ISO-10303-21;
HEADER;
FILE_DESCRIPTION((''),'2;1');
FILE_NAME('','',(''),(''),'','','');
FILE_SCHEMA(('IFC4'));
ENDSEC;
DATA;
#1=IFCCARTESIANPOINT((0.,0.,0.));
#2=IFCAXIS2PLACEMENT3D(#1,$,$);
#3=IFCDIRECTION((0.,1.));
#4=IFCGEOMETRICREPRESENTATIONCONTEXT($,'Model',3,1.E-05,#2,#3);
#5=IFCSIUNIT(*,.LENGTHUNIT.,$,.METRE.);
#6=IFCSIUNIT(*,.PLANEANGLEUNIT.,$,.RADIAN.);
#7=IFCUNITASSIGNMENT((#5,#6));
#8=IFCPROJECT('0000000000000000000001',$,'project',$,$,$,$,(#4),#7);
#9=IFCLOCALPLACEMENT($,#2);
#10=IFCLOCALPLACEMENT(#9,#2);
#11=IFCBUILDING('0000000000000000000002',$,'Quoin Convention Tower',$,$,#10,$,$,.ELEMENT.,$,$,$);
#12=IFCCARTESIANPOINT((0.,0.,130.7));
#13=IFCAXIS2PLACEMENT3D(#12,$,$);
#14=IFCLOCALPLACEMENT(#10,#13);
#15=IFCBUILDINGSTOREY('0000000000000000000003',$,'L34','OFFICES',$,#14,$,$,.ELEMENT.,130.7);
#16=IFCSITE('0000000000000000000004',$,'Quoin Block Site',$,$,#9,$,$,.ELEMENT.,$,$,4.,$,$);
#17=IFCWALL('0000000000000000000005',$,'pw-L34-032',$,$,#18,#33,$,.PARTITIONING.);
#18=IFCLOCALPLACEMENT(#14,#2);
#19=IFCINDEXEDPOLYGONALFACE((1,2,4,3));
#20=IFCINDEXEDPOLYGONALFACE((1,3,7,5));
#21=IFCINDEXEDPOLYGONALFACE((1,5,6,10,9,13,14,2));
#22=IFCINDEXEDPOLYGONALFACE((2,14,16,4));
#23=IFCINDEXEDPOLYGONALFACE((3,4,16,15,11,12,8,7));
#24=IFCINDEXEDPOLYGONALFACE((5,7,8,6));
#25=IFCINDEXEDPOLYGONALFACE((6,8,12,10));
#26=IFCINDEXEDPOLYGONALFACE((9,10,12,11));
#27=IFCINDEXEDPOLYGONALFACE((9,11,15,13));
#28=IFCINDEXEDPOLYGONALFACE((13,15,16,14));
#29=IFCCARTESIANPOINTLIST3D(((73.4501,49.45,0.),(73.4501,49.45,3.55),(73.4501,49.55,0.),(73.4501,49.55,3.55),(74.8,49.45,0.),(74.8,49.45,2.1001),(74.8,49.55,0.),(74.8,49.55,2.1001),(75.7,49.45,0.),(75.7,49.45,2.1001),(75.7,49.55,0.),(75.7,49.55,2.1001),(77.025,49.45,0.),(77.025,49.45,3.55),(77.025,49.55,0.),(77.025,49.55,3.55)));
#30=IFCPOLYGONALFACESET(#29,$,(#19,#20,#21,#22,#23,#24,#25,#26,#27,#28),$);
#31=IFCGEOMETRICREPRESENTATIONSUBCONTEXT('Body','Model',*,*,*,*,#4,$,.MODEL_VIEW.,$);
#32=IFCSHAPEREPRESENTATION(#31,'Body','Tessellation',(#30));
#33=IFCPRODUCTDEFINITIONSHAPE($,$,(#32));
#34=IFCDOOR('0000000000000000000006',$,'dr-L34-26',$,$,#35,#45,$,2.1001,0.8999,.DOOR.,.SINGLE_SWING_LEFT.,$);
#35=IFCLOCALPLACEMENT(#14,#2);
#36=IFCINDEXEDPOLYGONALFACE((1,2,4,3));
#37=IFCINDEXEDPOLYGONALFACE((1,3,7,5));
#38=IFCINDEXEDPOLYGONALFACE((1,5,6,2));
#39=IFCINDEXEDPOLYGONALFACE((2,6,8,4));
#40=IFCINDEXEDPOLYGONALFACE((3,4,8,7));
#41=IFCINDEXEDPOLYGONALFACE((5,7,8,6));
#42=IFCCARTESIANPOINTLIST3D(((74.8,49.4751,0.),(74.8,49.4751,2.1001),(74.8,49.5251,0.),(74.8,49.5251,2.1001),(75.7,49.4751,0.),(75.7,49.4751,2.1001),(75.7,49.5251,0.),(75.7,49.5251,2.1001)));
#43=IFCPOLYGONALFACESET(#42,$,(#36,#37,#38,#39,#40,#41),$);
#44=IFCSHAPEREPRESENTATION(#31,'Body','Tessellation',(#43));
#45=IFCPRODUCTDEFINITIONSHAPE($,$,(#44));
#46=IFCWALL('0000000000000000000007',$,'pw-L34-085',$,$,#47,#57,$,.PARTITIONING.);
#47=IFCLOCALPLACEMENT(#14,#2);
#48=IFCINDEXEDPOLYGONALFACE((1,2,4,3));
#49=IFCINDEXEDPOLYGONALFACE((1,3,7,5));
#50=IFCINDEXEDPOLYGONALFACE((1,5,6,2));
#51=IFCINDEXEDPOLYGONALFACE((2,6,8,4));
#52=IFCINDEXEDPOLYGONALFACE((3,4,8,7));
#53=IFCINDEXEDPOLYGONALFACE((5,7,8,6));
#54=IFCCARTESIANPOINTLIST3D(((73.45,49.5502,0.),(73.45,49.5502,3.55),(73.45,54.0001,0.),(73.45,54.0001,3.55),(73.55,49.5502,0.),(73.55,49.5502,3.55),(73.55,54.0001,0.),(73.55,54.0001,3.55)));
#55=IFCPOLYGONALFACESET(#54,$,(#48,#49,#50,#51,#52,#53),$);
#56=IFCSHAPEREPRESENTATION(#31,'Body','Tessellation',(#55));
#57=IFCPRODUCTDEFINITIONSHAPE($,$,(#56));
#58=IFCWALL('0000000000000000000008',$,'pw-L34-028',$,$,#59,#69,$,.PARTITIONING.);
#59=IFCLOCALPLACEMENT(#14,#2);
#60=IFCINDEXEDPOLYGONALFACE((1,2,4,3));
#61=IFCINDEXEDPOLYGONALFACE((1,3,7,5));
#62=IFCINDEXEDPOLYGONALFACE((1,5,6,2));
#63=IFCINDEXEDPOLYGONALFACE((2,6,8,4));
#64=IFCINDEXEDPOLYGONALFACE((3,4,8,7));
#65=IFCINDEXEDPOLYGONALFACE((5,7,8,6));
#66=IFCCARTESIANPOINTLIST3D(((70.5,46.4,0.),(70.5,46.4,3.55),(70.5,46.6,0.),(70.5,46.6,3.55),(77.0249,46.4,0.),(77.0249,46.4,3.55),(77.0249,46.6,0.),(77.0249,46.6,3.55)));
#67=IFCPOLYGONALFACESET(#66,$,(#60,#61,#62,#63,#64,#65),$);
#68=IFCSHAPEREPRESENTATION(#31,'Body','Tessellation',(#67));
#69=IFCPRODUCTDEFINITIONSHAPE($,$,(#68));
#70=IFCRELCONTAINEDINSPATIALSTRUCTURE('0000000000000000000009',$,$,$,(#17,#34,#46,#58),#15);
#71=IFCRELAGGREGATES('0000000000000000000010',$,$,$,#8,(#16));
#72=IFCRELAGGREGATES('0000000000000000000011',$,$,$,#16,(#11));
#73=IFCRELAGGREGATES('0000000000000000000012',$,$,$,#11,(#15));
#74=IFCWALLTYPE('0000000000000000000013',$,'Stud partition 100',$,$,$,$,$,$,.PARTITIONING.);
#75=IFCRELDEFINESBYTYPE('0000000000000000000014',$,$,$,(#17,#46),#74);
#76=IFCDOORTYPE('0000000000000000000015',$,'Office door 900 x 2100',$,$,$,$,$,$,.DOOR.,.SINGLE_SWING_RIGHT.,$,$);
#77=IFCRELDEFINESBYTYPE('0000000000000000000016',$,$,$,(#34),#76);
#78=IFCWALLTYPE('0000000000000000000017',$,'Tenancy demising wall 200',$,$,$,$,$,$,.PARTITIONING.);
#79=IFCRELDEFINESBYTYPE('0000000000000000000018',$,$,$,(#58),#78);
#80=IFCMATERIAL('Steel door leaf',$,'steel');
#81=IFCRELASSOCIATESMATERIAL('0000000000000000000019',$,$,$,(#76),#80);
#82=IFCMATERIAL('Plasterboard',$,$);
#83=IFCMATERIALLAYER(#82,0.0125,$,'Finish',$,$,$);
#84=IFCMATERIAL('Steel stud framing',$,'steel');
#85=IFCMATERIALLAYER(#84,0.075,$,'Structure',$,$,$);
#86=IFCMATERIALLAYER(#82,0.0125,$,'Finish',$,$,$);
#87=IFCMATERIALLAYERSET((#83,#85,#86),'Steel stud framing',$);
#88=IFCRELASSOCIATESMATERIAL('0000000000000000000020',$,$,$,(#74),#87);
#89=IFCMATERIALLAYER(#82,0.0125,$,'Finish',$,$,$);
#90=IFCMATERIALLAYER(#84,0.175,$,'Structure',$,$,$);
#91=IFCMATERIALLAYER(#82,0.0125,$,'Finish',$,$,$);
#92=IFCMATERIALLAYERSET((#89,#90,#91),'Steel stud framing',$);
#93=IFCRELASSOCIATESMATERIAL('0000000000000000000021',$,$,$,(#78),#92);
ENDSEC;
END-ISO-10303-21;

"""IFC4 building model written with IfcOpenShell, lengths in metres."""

from ifc_helpers import new_model, si_unit, direction, frame, frame_2d, origin, place, context, subcontext, project, spatial, rectangle, extrude, material, layer, layer_set, type_object, element, fill, save


model = new_model("IFC4")

# Units and contexts
model_context = context("Model", 3, precision=1e-05, world=origin(), true_north=direction((0.0, 1.0)))
body_context = subcontext(model_context, "Body", "Model", "MODEL_VIEW")
ifc_project = project(units=[si_unit("LENGTHUNIT", "METRE"), si_unit("PLANEANGLEUNIT", "RADIAN")], contexts=[model_context])

# Site, building, storey
site_placement = place(None, origin())
site = spatial("IfcSite", under=ifc_project, at=site_placement, Name="Quoin Block Site", CompositionType="ELEMENT", RefElevation=4.0)
building_placement = place(site_placement, origin())
building = spatial("IfcBuilding", under=site, at=building_placement, Name="Quoin Convention Tower", CompositionType="ELEMENT")
storey_placement = place(building_placement, frame((0.0, 0.0, 130.7)))
storey = spatial("IfcBuildingStorey", under=building, at=storey_placement, Name="L34", Description="OFFICES", CompositionType="ELEMENT", Elevation=130.7)

# Shared definitions
ifc_material_1 = material(Name="Plasterboard")
ifc_material_2 = material(Name="Steel stud framing", Category="steel")
ifc_material_3 = material(Name="Steel door leaf", Category="steel")
door_type_1 = type_object("IfcDoorType", Name="Office door 900 x 2100", OperationType="SINGLE_SWING_RIGHT", PredefinedType="DOOR", material=ifc_material_3)

# Wall, opening, door
ifc_layer_1 = layer(ifc_material_1, 0.0125, Name="Finish")
ifc_layer_2 = layer(ifc_material_2, 0.075, Name="Structure")
ifc_layer_3 = layer(ifc_material_1, 0.0125, Name="Finish")
ifc_layer_set_1 = layer_set([ifc_layer_1, ifc_layer_2, ifc_layer_3], Name="Steel stud framing")
wall_type_1 = type_object("IfcWallType", Name="Stud partition 100", PredefinedType="PARTITIONING", material=ifc_layer_set_1)
wall_1_placement = place(storey_placement, frame((73.45, 49.5, 0.0), z_axis=(0.0, 0.0, 1.0), x_axis=(1.0, 0.0, 0.0)))
wall_1 = element("IfcWall", 1, at=wall_1_placement, inside=storey, type_object=wall_type_1, Name="pw-L34-032", PredefinedType="PARTITIONING", context=body_context, shape_type="SweptSolid", body=[
    extrude(rectangle(XDim=3.575, YDim=0.1001, at=frame_2d((1.7876, 0.0))), origin(), (0.0, 0.0, 1.0), 3.55),
])
opening_1_placement = place(wall_1_placement, frame((1.3501, 0.0, 0.0)))
opening_1 = element("IfcOpeningElement", 2, at=opening_1_placement, cuts=wall_1, PredefinedType="OPENING", context=body_context, shape_type="SweptSolid", body=[
    extrude(rectangle(XDim=0.8999, YDim=2.1001, at=frame_2d((0.45, 1.05))), frame((0.0, 0.0601, 0.0), z_axis=(0.0, -1.0, 0.0), x_axis=(1.0, 0.0, 0.0)), (0.0, 0.0, 1.0), 0.1201),
])
door_1_placement = place(opening_1_placement, frame((0.8999, 0.0, 0.0), z_axis=(0.0, 0.0, 1.0), x_axis=(-1.0, 0.0, 0.0)))
door_1 = element("IfcDoor", 3, at=door_1_placement, inside=storey, type_object=door_type_1, Name="dr-L34-26", OperationType="SINGLE_SWING_LEFT", OverallHeight=2.1001, OverallWidth=0.8999, PredefinedType="DOOR", context=body_context, shape_type="SweptSolid", body=[
    extrude(rectangle(XDim=0.8999, YDim=2.1001, at=frame_2d((0.45, 1.05))), frame((0.0, 0.0249, 0.0), z_axis=(0.0, -1.0, 0.0), x_axis=(1.0, 0.0, 0.0)), (0.0, 0.0, 1.0), 0.05),
])
fill(opening_1, door_1)

# Walls
wall_2_placement = place(storey_placement, frame((73.5, 49.55, 0.0), z_axis=(0.0, 0.0, 1.0), x_axis=(0.0, 1.0, 0.0)))
element("IfcWall", 4, at=wall_2_placement, inside=storey, type_object=wall_type_1, Name="pw-L34-085", PredefinedType="PARTITIONING", context=body_context, shape_type="SweptSolid", body=[
    extrude(rectangle(XDim=4.45, YDim=0.1001, at=frame_2d((2.2251, 0.0))), origin(), (0.0, 0.0, 1.0), 3.55),
])
ifc_layer_4 = layer(ifc_material_1, 0.0125, Name="Finish")
ifc_layer_5 = layer(ifc_material_2, 0.175, Name="Structure")
ifc_layer_6 = layer(ifc_material_1, 0.0125, Name="Finish")
ifc_layer_set_2 = layer_set([ifc_layer_4, ifc_layer_5, ifc_layer_6], Name="Steel stud framing")
wall_type_2 = type_object("IfcWallType", Name="Tenancy demising wall 200", PredefinedType="PARTITIONING", material=ifc_layer_set_2)
wall_3_placement = place(storey_placement, frame((70.5, 46.5, 0.0), z_axis=(0.0, 0.0, 1.0), x_axis=(1.0, 0.0, 0.0)))
element("IfcWall", 5, at=wall_3_placement, inside=storey, type_object=wall_type_2, Name="pw-L34-028", PredefinedType="PARTITIONING", context=body_context, shape_type="SweptSolid", body=[
    extrude(rectangle(XDim=6.5249, YDim=0.2, at=frame_2d((3.2625, 0.0))), origin(), (0.0, 0.0, 1.0), 3.55),
])

save(model, "model.ifc")
